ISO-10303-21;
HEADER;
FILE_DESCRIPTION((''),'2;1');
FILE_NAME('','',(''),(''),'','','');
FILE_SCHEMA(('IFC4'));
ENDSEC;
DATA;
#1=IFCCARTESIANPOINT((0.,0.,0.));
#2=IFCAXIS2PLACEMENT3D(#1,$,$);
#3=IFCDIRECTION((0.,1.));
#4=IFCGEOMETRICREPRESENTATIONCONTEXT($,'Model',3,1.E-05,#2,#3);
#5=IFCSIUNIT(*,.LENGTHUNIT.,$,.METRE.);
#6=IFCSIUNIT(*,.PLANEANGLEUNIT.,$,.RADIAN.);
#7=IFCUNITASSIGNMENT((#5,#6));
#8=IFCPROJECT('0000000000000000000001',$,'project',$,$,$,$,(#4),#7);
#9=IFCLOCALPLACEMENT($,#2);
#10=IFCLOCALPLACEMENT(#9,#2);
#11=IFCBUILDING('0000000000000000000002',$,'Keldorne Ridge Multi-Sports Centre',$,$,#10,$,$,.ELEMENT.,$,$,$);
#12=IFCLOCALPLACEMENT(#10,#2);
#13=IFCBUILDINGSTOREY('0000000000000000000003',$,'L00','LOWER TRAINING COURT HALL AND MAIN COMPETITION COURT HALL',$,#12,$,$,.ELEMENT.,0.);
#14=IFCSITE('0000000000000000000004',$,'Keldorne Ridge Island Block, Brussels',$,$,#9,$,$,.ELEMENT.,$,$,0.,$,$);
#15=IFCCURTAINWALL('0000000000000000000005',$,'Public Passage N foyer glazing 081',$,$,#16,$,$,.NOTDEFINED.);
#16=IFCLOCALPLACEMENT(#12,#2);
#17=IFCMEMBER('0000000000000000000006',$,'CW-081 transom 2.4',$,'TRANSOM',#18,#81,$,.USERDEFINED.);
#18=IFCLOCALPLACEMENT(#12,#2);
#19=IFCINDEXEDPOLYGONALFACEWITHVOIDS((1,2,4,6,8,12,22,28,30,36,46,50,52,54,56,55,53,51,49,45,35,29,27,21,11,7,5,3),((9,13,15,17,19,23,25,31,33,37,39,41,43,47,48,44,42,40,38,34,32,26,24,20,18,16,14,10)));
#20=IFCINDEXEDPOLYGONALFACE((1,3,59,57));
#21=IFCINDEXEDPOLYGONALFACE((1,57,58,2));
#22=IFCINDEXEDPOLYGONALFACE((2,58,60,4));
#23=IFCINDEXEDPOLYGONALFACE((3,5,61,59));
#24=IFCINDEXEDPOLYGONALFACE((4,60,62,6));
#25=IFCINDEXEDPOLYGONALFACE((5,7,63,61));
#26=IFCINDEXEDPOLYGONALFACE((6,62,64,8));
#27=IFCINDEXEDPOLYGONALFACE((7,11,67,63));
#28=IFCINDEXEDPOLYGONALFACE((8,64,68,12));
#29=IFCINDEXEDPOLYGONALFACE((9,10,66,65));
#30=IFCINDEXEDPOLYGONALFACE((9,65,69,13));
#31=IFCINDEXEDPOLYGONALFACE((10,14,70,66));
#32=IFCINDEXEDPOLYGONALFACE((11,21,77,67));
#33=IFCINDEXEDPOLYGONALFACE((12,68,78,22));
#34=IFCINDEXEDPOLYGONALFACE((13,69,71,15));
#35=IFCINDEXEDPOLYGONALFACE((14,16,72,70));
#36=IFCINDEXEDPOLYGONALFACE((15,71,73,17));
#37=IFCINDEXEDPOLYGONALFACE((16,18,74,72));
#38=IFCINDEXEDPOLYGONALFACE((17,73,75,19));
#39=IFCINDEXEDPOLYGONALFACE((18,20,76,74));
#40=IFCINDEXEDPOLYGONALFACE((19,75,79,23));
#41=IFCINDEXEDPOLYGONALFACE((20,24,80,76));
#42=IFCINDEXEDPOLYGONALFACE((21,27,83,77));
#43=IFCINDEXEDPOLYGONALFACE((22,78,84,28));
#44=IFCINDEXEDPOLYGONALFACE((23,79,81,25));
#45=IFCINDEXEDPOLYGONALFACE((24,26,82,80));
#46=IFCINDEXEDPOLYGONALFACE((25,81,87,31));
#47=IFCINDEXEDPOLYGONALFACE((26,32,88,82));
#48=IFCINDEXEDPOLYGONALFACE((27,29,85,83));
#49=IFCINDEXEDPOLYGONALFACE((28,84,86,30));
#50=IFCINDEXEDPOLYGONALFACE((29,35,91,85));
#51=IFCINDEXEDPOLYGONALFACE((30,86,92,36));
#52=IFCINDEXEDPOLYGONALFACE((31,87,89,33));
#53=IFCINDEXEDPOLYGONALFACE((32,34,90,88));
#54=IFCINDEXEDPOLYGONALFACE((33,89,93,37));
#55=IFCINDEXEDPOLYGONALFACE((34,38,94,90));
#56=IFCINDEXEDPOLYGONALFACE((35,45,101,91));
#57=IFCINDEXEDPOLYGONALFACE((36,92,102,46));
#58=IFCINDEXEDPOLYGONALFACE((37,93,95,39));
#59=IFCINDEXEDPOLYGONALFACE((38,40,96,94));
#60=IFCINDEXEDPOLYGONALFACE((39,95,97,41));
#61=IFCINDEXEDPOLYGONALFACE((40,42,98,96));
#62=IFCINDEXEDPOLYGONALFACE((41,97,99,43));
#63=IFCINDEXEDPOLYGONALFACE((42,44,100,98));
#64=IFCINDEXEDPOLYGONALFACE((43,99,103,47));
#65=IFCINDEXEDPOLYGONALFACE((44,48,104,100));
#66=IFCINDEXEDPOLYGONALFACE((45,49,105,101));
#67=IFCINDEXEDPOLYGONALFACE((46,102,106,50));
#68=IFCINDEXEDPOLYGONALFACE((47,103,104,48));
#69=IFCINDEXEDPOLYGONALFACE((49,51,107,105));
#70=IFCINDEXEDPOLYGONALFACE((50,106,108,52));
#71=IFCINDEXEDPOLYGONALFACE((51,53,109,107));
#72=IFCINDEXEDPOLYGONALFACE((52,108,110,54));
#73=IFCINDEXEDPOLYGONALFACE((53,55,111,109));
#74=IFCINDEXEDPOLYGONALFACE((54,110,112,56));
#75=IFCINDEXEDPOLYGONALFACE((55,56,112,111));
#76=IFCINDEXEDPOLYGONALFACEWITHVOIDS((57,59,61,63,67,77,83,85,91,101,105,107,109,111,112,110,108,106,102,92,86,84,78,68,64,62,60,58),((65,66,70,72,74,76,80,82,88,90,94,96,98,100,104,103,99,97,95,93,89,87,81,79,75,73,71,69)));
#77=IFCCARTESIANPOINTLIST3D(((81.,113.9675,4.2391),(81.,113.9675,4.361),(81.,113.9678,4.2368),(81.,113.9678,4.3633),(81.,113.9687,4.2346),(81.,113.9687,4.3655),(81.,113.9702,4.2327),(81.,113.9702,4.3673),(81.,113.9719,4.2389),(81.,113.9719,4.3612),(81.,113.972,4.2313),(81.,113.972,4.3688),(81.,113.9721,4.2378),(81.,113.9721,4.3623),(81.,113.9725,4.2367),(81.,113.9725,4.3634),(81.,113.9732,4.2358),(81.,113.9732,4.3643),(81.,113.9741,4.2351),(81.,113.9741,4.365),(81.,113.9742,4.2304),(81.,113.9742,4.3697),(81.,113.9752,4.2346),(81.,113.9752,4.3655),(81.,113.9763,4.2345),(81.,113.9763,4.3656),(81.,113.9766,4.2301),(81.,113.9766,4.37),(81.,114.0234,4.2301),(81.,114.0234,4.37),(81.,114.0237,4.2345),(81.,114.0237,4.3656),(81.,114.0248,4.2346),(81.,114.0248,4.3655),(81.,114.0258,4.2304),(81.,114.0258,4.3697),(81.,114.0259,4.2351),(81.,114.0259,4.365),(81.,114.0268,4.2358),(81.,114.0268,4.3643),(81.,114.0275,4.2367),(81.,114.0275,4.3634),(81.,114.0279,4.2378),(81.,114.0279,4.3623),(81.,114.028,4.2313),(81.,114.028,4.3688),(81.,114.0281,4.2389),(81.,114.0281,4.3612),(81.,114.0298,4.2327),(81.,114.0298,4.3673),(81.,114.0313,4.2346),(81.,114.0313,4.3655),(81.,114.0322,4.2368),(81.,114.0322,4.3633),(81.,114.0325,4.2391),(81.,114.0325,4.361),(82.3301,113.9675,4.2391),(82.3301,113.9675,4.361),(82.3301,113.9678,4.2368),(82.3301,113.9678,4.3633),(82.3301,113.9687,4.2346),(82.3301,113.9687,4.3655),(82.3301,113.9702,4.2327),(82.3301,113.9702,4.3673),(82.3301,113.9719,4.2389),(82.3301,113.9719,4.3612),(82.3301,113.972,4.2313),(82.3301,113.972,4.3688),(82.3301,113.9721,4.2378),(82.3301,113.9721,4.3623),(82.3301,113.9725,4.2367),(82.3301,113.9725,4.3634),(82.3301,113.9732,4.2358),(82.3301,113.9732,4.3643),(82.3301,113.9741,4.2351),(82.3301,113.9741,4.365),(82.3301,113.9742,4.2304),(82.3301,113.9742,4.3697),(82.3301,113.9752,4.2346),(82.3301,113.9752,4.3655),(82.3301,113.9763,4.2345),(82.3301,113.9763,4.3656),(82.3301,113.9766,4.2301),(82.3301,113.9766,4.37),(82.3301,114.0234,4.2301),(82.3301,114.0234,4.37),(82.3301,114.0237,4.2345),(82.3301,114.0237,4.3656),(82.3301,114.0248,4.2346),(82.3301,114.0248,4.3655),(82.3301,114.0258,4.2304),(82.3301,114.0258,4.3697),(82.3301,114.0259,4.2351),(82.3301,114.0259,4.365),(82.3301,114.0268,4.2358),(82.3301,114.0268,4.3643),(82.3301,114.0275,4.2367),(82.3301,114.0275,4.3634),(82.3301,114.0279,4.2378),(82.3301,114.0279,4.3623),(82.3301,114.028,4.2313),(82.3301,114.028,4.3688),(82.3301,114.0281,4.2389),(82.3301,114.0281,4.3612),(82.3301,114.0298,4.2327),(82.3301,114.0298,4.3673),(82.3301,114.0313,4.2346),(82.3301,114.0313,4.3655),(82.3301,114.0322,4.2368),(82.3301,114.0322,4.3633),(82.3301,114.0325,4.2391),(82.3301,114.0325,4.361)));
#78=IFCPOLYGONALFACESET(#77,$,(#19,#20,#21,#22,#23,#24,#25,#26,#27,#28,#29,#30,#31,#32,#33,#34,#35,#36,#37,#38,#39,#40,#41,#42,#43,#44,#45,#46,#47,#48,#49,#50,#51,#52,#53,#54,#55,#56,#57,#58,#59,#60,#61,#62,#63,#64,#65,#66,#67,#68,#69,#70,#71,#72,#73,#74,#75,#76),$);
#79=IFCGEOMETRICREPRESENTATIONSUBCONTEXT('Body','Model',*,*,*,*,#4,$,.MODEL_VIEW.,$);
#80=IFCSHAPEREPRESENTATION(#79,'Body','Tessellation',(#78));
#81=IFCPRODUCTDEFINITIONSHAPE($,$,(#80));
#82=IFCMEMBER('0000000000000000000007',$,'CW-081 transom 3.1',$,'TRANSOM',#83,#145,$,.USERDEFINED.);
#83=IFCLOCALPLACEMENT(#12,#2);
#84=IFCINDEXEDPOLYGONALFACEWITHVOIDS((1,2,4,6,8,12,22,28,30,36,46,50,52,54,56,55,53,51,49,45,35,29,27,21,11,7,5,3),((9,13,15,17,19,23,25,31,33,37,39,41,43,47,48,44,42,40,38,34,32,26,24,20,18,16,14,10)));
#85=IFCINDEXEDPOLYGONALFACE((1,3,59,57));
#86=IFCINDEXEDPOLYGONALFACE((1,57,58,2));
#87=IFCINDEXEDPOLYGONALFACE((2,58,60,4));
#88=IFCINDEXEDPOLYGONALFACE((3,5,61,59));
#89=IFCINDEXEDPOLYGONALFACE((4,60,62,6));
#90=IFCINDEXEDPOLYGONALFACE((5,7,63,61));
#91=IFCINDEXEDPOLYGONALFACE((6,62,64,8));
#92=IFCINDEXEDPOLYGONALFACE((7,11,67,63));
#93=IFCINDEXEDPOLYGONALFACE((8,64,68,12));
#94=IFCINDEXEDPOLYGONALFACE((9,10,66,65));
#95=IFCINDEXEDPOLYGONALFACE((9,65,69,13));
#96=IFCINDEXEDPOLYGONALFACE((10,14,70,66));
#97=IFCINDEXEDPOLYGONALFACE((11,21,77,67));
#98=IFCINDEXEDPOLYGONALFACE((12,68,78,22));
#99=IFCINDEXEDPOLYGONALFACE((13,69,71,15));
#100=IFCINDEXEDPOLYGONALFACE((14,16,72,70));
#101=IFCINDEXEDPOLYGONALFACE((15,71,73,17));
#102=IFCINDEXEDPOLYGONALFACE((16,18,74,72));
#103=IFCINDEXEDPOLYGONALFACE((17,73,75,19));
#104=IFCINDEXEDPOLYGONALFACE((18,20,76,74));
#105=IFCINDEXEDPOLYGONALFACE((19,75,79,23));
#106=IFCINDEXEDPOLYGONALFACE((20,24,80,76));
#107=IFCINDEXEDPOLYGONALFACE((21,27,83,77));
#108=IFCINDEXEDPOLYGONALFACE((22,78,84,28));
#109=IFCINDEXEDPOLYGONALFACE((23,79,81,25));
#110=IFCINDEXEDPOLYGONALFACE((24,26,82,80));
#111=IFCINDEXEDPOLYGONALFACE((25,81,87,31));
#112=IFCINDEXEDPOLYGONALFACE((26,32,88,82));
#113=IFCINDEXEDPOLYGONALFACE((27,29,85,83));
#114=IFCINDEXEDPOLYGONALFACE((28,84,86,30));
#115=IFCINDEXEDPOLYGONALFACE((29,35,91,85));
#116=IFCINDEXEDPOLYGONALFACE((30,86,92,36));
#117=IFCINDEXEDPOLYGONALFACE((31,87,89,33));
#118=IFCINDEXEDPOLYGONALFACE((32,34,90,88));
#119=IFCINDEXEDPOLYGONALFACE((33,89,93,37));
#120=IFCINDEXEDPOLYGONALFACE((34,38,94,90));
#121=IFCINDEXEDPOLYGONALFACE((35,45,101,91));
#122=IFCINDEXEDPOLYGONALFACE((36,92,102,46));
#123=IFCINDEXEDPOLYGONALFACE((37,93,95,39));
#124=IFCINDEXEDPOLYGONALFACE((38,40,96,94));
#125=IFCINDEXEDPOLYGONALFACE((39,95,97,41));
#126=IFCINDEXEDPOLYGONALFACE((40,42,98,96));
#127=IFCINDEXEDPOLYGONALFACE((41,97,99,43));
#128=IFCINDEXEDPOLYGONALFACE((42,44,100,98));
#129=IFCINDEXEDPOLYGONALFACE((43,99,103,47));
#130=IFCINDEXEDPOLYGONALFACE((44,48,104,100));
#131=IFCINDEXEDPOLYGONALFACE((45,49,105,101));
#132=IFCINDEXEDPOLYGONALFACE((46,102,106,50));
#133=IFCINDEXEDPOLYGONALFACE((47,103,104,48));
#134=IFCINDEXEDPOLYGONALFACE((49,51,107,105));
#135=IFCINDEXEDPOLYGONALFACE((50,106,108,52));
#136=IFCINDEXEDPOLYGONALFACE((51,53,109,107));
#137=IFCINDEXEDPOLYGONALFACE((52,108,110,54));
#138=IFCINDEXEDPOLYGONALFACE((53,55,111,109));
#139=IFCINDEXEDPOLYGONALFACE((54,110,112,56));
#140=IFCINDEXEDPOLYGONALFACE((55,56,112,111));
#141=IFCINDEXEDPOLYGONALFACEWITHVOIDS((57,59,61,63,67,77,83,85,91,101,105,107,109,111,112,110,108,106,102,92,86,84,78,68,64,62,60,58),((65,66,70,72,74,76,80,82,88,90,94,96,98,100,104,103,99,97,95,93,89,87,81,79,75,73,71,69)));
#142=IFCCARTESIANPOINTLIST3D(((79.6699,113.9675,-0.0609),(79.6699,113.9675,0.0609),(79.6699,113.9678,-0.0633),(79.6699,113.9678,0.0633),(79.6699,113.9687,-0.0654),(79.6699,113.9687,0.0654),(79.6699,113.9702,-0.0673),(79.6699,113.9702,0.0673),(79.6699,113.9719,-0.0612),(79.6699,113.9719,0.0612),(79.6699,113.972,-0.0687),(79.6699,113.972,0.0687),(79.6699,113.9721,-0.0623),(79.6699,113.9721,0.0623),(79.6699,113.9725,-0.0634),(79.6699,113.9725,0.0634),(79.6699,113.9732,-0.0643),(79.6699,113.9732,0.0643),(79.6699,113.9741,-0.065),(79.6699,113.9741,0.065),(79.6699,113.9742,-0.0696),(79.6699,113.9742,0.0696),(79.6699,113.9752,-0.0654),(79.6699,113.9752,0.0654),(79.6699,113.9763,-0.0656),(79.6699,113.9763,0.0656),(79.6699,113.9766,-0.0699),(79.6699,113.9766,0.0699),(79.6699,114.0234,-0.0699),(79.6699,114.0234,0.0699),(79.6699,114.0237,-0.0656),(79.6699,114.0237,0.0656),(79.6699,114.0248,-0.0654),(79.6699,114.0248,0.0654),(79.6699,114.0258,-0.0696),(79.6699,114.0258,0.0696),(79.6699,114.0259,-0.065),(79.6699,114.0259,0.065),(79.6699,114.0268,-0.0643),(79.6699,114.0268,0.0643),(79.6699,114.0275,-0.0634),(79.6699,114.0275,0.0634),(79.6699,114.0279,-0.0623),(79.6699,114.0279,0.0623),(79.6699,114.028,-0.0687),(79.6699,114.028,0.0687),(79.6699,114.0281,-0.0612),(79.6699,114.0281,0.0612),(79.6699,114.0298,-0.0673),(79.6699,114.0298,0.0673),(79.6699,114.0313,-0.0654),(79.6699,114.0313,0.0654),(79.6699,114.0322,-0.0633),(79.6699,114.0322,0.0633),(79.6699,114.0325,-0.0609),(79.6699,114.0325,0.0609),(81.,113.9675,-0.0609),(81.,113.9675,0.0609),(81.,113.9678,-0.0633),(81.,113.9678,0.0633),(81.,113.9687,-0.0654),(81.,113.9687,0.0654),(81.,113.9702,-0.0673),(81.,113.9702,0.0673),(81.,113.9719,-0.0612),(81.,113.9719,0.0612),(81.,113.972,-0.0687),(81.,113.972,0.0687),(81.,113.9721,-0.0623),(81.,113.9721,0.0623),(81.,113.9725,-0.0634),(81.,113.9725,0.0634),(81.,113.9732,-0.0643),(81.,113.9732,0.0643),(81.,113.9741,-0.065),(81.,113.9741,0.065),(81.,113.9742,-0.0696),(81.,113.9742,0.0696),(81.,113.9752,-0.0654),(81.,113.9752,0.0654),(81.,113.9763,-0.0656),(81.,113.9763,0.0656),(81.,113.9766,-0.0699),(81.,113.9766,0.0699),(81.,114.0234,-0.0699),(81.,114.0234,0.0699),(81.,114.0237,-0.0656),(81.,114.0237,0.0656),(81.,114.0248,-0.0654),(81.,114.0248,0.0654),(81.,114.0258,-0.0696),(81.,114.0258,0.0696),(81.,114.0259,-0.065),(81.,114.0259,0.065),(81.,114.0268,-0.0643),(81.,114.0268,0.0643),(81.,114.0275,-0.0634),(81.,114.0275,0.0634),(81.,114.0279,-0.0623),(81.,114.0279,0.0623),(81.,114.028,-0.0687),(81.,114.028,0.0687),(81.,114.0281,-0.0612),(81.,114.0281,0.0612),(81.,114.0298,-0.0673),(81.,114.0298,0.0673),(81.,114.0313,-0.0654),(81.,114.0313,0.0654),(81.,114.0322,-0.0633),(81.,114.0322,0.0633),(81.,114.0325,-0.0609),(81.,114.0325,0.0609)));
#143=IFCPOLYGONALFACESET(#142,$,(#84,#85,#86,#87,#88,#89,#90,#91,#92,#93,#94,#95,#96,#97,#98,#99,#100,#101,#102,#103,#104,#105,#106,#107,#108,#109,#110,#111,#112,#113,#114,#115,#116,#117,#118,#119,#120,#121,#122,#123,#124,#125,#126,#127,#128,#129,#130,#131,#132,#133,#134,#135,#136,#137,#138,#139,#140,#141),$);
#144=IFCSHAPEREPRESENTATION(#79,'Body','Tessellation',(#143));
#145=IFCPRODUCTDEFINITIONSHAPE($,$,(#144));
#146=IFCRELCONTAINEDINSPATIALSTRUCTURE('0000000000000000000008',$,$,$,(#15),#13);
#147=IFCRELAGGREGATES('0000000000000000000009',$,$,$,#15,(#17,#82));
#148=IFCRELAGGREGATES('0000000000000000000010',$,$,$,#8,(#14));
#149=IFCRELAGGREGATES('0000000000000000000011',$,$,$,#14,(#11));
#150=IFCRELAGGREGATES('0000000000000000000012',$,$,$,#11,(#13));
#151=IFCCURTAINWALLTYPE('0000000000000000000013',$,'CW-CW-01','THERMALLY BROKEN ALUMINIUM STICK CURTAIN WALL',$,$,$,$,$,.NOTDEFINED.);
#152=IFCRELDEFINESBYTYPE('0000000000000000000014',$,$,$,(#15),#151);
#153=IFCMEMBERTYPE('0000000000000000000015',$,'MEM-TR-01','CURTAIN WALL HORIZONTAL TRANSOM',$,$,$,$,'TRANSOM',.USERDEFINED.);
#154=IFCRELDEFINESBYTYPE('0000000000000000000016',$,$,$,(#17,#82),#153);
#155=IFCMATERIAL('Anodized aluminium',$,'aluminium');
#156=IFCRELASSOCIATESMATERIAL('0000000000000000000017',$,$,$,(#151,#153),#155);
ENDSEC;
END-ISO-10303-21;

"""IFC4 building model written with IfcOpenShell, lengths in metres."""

from ifc_helpers import new_model, si_unit, direction, frame, origin, origin_2d, place, context, subcontext, project, spatial, hollow_rectangle, extrude, material, material_profile, profile_set, type_object, element, aggregate, save


model = new_model("IFC4")

# Units and contexts
model_context = context("Model", 3, precision=1e-05, world=origin(), true_north=direction((0.0, 1.0)))
body_context = subcontext(model_context, "Body", "Model", "MODEL_VIEW")
ifc_project = project(units=[si_unit("LENGTHUNIT", "METRE"), si_unit("PLANEANGLEUNIT", "RADIAN")], contexts=[model_context])

# Site, building, storey
site_placement = place(None, origin())
site = spatial("IfcSite", under=ifc_project, at=site_placement, Name="Keldorne Ridge Island Block, Brussels", CompositionType="ELEMENT", RefElevation=0.0)
building_placement = place(site_placement, origin())
building = spatial("IfcBuilding", under=site, at=building_placement, Name="Keldorne Ridge Multi-Sports Centre", CompositionType="ELEMENT")
storey_placement = place(building_placement, origin())
storey = spatial("IfcBuildingStorey", under=building, at=storey_placement, Name="L00", Description="LOWER TRAINING COURT HALL AND MAIN COMPETITION COURT HALL", CompositionType="ELEMENT", Elevation=0.0)

# Curtain wall, members
ifc_material_1 = material(Name="Anodized aluminium", Category="aluminium")
curtain_wall_type = type_object("IfcCurtainWallType", Name="CW-CW-01", Description="THERMALLY BROKEN ALUMINIUM STICK CURTAIN WALL", PredefinedType="NOTDEFINED", material=ifc_material_1)
curtain_wall_placement = place(storey_placement, origin())
curtain_wall = element("IfcCurtainWall", 1, at=curtain_wall_placement, inside=storey, type_object=curtain_wall_type, Name="Public Passage N foyer glazing 081", PredefinedType="NOTDEFINED")
ifc_material_profile_1 = material_profile(ifc_material_1, hollow_rectangle(XDim=0.0649, YDim=0.1399, WallThickness=0.0044, InnerFilletRadius=0.0044, OuterFilletRadius=0.009, at=origin_2d()), Name="ALU TRANSOM 140x65x4.5")
ifc_profile_set_1 = profile_set([ifc_material_profile_1], Name="Anodized aluminium")
member_type_1 = type_object("IfcMemberType", Name="MEM-TR-01", Description="CURTAIN WALL HORIZONTAL TRANSOM", ElementType="TRANSOM", PredefinedType="USERDEFINED", material=ifc_profile_set_1)
member_1_placement = place(storey_placement, frame((82.3301, 114.0, 4.3), z_axis=(-1.0, 0.0, 0.0), x_axis=(0.0, -1.0, 0.0)))
member_1 = element("IfcMember", 2, at=member_1_placement, type_object=member_type_1, Name="CW-081 transom 2.4", ObjectType="TRANSOM", PredefinedType="USERDEFINED", context=body_context, shape_type="SweptSolid", body=[
    extrude(hollow_rectangle(XDim=0.0649, YDim=0.1399, WallThickness=0.0044, InnerFilletRadius=0.0044, OuterFilletRadius=0.009, at=origin_2d()), origin(), (0.0, 0.0, 1.0), 1.3301),
])
member_2_placement = place(storey_placement, frame((81.0, 114.0, 0.0), z_axis=(-1.0, 0.0, 0.0), x_axis=(0.0, -1.0, 0.0)))
member_2 = element("IfcMember", 3, at=member_2_placement, type_object=member_type_1, Name="CW-081 transom 3.1", ObjectType="TRANSOM", PredefinedType="USERDEFINED", context=body_context, shape_type="SweptSolid", body=[
    extrude(hollow_rectangle(XDim=0.0649, YDim=0.1399, WallThickness=0.0044, InnerFilletRadius=0.0044, OuterFilletRadius=0.009, at=origin_2d()), origin(), (0.0, 0.0, 1.0), 1.3301),
])
aggregate(curtain_wall, [member_1, member_2])

save(model, "model.ifc")
